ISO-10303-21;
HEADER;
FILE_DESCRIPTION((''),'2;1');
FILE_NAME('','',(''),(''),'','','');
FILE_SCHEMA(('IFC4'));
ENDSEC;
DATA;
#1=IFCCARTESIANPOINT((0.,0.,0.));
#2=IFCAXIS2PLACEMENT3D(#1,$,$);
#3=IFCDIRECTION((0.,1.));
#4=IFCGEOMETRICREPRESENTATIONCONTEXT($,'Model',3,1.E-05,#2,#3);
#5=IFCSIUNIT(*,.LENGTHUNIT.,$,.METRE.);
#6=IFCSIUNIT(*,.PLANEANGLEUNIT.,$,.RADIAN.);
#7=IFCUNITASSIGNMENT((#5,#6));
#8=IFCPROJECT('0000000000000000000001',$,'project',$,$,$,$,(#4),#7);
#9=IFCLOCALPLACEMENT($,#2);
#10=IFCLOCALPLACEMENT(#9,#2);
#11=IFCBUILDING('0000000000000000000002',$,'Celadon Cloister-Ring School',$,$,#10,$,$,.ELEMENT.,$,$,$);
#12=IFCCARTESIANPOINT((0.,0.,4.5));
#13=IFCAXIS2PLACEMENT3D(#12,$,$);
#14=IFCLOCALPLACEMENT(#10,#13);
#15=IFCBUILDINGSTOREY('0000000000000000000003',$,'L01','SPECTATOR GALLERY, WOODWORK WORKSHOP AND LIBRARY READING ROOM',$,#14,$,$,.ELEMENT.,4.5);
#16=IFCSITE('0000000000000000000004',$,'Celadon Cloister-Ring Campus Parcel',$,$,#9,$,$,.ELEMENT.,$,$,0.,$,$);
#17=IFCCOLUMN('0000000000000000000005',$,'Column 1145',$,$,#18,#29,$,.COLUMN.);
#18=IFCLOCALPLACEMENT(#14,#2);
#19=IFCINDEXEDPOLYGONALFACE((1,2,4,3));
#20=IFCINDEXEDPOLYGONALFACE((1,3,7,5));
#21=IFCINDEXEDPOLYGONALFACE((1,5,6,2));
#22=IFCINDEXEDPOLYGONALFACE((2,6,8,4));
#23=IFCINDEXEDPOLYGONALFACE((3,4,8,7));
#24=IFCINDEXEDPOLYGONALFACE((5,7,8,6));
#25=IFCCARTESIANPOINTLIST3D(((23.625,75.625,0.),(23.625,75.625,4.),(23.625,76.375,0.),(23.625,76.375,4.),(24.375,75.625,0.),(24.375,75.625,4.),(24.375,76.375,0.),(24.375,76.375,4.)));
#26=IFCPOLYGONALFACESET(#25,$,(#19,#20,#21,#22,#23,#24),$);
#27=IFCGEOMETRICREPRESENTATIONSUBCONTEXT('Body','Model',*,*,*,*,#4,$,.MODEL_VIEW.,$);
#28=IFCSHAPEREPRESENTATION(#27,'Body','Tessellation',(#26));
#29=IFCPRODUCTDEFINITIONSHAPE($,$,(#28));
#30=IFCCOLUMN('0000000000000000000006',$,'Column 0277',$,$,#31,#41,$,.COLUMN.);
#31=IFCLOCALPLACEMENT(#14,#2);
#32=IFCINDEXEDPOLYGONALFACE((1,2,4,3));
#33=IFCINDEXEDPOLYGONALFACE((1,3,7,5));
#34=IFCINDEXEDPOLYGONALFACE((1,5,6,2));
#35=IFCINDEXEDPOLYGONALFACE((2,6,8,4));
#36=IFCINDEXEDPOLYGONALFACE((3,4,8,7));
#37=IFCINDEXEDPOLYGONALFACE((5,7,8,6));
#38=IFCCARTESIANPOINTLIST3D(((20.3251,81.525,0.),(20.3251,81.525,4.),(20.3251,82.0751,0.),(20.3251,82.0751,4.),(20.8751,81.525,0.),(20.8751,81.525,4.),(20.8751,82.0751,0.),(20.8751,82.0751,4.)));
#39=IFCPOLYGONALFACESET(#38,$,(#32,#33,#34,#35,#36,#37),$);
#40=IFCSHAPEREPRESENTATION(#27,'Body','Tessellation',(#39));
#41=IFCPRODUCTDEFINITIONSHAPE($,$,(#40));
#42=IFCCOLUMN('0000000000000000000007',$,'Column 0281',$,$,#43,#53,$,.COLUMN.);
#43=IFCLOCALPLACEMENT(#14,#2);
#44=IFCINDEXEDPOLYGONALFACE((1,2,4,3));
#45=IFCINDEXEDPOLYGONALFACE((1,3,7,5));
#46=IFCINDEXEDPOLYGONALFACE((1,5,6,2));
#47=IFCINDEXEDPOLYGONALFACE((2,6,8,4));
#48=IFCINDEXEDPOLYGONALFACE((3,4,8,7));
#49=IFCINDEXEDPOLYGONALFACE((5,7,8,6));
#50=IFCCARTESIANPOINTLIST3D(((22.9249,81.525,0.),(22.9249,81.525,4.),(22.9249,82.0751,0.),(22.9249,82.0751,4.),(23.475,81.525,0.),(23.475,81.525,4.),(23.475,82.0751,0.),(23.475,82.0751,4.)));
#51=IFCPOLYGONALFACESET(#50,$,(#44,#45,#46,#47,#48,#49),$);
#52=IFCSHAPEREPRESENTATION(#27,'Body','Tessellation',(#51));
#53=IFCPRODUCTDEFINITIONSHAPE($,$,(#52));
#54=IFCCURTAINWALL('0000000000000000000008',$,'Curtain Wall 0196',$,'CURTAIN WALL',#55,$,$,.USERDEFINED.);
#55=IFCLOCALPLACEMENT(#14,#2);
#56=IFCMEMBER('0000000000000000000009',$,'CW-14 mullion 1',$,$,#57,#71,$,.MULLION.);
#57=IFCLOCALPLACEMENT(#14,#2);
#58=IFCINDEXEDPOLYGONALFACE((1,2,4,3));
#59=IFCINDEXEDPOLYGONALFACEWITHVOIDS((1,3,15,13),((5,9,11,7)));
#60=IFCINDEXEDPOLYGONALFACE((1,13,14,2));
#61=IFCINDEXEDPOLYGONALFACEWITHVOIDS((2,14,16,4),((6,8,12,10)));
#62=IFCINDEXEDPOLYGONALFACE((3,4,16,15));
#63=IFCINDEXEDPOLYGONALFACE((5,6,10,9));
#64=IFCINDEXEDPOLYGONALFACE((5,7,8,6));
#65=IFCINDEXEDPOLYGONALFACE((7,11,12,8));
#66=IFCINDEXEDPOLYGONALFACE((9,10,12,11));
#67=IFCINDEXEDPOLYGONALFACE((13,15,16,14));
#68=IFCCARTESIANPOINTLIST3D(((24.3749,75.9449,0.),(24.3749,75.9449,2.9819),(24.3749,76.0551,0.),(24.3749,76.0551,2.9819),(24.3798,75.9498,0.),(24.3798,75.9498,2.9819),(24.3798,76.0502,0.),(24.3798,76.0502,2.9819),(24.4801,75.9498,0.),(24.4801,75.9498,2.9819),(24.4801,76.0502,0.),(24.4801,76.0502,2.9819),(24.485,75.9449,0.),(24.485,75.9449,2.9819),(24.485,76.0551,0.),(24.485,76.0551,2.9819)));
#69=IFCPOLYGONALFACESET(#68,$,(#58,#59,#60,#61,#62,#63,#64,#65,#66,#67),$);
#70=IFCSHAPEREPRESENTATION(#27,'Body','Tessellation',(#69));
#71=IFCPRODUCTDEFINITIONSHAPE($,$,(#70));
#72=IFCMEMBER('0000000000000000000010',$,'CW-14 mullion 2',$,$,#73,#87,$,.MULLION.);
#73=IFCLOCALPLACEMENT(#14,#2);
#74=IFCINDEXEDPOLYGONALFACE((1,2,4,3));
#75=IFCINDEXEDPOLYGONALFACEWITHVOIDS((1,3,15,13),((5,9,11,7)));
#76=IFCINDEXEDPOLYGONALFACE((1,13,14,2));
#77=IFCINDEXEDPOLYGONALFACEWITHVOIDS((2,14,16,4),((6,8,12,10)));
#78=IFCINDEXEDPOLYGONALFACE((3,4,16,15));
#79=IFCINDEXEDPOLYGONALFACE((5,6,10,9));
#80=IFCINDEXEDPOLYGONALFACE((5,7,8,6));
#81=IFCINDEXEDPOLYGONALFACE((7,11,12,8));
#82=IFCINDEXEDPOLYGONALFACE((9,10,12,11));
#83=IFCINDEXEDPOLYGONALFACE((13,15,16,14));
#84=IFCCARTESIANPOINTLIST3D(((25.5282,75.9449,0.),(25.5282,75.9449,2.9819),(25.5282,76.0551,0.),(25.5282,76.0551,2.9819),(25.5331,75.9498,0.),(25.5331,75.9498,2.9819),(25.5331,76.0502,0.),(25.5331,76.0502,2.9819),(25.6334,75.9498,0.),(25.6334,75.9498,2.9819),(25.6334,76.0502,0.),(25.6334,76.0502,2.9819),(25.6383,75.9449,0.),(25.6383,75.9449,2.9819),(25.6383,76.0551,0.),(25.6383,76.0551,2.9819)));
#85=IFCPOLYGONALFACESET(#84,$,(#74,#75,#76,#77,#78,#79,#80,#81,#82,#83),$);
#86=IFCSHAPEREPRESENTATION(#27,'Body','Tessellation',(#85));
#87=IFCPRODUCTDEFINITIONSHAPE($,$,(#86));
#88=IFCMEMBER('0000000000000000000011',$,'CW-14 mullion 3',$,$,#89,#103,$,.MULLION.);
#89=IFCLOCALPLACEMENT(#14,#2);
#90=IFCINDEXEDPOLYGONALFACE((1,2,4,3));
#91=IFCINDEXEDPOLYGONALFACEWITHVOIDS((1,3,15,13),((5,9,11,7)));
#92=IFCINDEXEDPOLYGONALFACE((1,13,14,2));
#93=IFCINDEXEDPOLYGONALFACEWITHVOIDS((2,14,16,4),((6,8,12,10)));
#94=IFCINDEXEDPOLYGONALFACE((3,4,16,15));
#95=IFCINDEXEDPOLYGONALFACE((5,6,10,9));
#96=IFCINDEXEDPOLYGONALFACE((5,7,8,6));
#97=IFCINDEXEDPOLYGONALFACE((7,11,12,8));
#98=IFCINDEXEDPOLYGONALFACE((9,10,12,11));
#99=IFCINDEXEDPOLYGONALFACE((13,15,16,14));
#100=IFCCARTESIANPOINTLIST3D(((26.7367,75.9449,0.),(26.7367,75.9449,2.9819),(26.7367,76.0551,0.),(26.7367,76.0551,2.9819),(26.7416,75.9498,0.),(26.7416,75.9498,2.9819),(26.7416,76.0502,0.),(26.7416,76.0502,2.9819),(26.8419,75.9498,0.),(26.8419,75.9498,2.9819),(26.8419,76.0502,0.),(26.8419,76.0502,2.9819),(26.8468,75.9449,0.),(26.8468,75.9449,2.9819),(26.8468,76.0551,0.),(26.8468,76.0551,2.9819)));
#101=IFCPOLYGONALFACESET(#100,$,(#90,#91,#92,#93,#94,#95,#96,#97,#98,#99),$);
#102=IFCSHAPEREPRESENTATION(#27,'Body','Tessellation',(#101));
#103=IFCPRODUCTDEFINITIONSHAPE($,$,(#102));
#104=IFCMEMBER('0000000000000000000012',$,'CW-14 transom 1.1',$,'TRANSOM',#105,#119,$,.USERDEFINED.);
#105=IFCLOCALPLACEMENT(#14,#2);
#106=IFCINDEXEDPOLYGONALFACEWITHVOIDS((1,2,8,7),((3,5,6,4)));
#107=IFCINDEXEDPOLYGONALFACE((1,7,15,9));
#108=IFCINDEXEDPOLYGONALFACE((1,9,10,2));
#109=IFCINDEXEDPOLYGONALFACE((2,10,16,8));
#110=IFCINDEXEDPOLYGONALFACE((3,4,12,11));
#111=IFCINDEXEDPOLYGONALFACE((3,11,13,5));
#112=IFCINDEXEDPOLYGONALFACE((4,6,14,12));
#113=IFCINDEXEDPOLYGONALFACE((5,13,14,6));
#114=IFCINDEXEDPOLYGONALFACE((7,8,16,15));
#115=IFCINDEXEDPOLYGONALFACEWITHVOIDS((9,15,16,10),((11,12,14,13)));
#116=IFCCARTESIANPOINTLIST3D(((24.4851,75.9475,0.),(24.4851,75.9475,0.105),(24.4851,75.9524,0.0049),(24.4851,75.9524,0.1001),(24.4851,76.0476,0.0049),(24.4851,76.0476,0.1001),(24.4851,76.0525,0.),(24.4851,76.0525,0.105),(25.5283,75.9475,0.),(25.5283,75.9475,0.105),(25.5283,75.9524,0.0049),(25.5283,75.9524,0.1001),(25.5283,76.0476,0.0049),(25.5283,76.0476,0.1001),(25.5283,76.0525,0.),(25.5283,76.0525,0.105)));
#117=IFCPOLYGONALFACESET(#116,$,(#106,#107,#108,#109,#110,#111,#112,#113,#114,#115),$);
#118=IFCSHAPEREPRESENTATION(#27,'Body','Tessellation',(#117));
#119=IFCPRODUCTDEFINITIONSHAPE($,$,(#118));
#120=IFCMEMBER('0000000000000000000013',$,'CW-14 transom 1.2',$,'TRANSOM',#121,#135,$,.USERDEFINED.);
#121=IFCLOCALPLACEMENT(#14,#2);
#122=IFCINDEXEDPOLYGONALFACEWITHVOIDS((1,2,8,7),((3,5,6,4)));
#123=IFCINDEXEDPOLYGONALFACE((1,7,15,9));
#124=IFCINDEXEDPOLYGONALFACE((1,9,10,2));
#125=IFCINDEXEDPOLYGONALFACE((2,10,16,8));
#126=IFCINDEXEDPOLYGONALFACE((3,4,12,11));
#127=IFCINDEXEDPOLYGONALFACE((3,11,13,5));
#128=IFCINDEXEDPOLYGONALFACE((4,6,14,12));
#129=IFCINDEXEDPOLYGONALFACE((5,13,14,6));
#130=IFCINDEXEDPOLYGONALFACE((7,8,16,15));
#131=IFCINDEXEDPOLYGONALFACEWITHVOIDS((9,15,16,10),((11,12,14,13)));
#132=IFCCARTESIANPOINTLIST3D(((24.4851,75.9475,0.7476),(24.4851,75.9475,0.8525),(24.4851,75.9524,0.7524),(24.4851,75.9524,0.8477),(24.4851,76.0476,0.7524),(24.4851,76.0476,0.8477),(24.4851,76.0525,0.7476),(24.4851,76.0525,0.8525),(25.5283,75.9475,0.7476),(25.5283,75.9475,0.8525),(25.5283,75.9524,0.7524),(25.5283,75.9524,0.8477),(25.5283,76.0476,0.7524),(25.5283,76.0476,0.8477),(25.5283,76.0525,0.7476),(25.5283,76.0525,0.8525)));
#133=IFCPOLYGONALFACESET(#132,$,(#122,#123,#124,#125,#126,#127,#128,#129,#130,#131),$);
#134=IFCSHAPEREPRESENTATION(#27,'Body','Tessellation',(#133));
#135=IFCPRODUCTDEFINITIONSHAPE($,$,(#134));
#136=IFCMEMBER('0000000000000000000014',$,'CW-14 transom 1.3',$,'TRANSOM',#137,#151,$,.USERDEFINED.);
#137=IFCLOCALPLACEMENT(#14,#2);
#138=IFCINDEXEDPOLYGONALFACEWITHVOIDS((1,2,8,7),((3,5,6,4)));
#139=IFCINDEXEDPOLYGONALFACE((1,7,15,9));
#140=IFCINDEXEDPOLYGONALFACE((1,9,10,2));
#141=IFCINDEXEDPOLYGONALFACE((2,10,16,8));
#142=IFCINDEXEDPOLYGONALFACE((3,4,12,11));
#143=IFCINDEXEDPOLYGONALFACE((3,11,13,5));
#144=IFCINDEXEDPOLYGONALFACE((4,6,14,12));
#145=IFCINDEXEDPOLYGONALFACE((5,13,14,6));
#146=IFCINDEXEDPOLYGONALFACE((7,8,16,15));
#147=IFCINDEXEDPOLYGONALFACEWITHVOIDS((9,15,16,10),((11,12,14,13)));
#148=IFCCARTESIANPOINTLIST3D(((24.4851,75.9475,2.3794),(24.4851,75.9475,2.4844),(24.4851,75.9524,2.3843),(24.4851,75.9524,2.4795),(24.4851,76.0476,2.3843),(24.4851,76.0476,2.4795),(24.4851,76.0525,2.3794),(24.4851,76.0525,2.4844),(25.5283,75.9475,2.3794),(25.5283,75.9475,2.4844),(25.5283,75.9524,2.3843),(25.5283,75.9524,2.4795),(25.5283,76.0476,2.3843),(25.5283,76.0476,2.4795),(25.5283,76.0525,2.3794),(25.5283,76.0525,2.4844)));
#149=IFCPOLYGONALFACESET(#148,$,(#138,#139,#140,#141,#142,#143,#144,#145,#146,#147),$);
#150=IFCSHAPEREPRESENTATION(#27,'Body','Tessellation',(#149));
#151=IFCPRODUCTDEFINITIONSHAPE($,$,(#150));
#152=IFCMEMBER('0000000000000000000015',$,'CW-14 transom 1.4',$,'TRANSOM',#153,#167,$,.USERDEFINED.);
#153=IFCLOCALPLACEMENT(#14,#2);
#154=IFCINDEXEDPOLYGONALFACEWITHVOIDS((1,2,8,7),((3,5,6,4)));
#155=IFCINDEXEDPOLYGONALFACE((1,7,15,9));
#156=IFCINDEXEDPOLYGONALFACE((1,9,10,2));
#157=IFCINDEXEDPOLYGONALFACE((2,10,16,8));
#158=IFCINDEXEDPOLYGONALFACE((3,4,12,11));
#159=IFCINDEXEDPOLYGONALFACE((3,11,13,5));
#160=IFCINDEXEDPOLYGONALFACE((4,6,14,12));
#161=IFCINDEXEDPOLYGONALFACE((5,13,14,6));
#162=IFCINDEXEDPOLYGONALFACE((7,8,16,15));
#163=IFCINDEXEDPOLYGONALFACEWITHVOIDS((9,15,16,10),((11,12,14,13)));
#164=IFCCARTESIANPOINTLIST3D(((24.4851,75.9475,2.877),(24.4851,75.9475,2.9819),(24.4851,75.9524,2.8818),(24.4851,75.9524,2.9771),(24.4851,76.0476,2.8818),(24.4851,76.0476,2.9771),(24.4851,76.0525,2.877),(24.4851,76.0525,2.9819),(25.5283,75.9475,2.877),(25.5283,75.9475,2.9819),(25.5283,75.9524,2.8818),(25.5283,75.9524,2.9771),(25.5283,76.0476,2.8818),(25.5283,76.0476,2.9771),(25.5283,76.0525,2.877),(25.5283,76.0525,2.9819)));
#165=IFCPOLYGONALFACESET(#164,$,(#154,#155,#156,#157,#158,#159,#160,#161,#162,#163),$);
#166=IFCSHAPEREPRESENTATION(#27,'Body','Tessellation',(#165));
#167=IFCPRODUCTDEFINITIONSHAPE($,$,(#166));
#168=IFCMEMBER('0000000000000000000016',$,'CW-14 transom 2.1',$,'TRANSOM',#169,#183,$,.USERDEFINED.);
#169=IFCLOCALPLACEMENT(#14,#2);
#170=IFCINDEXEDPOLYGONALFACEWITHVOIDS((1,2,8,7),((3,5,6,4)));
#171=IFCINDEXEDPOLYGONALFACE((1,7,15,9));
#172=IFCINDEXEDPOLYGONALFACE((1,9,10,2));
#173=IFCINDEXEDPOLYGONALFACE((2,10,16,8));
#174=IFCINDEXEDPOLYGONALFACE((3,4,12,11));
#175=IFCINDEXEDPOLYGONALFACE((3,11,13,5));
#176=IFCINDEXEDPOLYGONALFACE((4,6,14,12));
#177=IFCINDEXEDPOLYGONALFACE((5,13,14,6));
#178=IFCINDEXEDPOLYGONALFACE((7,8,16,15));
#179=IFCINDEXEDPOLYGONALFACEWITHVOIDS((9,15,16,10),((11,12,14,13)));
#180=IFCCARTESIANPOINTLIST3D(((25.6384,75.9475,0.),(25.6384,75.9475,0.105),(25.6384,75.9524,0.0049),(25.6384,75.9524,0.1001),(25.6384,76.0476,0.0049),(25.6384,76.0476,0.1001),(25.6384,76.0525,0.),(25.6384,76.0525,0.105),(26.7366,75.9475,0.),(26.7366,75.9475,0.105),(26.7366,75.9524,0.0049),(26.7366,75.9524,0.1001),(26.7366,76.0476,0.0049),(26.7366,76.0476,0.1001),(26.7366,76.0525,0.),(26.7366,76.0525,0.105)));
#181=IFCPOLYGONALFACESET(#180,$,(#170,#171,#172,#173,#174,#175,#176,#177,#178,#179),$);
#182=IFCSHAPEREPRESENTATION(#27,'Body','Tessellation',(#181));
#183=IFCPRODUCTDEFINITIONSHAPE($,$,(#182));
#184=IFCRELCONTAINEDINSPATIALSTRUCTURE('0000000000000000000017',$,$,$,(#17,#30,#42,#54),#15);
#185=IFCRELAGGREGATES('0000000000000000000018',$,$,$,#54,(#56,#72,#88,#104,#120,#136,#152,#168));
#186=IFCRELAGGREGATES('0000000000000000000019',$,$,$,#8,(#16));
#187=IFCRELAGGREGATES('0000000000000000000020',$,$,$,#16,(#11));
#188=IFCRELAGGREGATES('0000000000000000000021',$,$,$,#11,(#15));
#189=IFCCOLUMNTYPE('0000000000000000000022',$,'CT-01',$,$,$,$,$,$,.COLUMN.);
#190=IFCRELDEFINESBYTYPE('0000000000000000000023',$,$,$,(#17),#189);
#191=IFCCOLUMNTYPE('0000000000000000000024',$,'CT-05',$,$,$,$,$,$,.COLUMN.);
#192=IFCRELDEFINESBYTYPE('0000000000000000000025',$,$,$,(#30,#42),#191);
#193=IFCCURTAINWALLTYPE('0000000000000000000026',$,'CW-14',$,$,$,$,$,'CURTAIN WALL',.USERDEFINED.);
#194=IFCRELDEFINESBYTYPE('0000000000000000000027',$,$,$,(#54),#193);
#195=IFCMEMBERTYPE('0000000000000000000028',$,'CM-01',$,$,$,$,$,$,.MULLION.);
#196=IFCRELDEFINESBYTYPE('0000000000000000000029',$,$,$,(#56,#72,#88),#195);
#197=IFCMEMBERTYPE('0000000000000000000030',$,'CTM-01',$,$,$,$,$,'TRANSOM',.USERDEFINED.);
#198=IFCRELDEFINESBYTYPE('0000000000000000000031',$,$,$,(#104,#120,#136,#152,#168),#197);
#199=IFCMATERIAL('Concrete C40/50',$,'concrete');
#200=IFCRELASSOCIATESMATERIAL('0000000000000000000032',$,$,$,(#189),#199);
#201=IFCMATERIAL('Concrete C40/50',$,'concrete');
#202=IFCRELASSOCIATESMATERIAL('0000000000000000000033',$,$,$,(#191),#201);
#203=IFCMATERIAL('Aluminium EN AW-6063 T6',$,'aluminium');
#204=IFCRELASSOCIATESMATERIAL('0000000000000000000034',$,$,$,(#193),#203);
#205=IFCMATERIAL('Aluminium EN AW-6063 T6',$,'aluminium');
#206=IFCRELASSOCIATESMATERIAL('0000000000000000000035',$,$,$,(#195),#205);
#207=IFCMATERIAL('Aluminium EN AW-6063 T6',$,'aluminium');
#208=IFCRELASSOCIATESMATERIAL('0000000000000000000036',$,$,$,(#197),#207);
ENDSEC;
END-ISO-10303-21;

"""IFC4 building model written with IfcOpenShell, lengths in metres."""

from ifc_helpers import new_model, si_unit, direction, frame, origin, origin_2d, place, context, subcontext, project, spatial, rectangle, hollow_rectangle, extrude, material, material_profile, profile_set, type_object, element, aggregate, save


model = new_model("IFC4")

# Units and contexts
model_context = context("Model", 3, precision=1e-05, world=origin(), true_north=direction((0.0, 1.0)))
body_context = subcontext(model_context, "Body", "Model", "MODEL_VIEW")
ifc_project = project(units=[si_unit("LENGTHUNIT", "METRE"), si_unit("PLANEANGLEUNIT", "RADIAN")], contexts=[model_context])

# Site, building, storey
site_placement = place(None, origin())
site = spatial("IfcSite", under=ifc_project, at=site_placement, Name="Celadon Cloister-Ring Campus Parcel", CompositionType="ELEMENT", RefElevation=0.0)
building_placement = place(site_placement, origin())
building = spatial("IfcBuilding", under=site, at=building_placement, Name="Celadon Cloister-Ring School", CompositionType="ELEMENT")
storey_placement = place(building_placement, frame((0.0, 0.0, 4.5)))
storey = spatial("IfcBuildingStorey", under=building, at=storey_placement, Name="L01", Description="SPECTATOR GALLERY, WOODWORK WORKSHOP AND LIBRARY READING ROOM", CompositionType="ELEMENT", Elevation=4.5)

# Columns
ifc_material_1 = material(Name="Concrete C40/50", Category="concrete")
ifc_material_profile_1 = material_profile(ifc_material_1, rectangle(XDim=0.75, YDim=0.75, at=origin_2d()), Name="RC750X750")
ifc_profile_set_1 = profile_set([ifc_material_profile_1], Name="Concrete C40/50")
column_type_1 = type_object("IfcColumnType", Name="CT-01", PredefinedType="COLUMN", material=ifc_profile_set_1)
column_placement = place(storey_placement, frame((24.0, 76.0, 0.0), z_axis=(0.0, 0.0, 1.0), x_axis=(1.0, 0.0, 0.0)))
element("IfcColumn", 1, at=column_placement, inside=storey, type_object=column_type_1, Name="Column 1145", PredefinedType="COLUMN", context=body_context, shape_type="SweptSolid", body=[
    extrude(rectangle(XDim=0.75, YDim=0.75, at=origin_2d()), origin(), (0.0, 0.0, 1.0), 4.0),
])
ifc_material_2 = material(Name="Concrete C40/50", Category="concrete")
ifc_material_profile_2 = material_profile(ifc_material_2, rectangle(XDim=0.55, YDim=0.55, at=origin_2d()), Name="RC550X550")
ifc_profile_set_2 = profile_set([ifc_material_profile_2], Name="Concrete C40/50")
column_type_2 = type_object("IfcColumnType", Name="CT-05", PredefinedType="COLUMN", material=ifc_profile_set_2)
for number, where, z_axis, x_axis, name in (
    (2, (20.6001, 81.8, 0.0), (0.0, 0.0, 1.0), (1.0, 0.0, 0.0), "Column 0277"),
    (3, (23.2, 81.8, 0.0), (0.0, 0.0, 1.0), (1.0, 0.0, 0.0), "Column 0281"),
):
    element("IfcColumn", number, at=place(storey_placement, frame(where, z_axis=z_axis, x_axis=x_axis)), inside=storey, type_object=column_type_2, Name=name, PredefinedType="COLUMN", context=body_context, shape_type="SweptSolid", body=[
        extrude(rectangle(XDim=0.55, YDim=0.55, at=origin_2d()), origin(), (0.0, 0.0, 1.0), 4.0),
    ])

# Curtain wall, members
ifc_material_3 = material(Name="Aluminium EN AW-6063 T6", Category="aluminium")
curtain_wall_type = type_object("IfcCurtainWallType", Name="CW-14", ElementType="CURTAIN WALL", PredefinedType="USERDEFINED", material=ifc_material_3)
curtain_wall_placement = place(storey_placement, origin())
curtain_wall = element("IfcCurtainWall", 4, at=curtain_wall_placement, inside=storey, type_object=curtain_wall_type, Name="Curtain Wall 0196", ObjectType="CURTAIN WALL", PredefinedType="USERDEFINED")
ifc_material_4 = material(Name="Aluminium EN AW-6063 T6", Category="aluminium")
ifc_material_profile_3 = material_profile(ifc_material_4, hollow_rectangle(XDim=0.1101, YDim=0.1101, WallThickness=0.0049, at=origin_2d()), Name="RHS110X110X5")
ifc_profile_set_3 = profile_set([ifc_material_profile_3], Name="Aluminium EN AW-6063 T6")
member_type_1 = type_object("IfcMemberType", Name="CM-01", PredefinedType="MULLION", material=ifc_profile_set_3)
member_1_placement = place(storey_placement, frame((24.4299, 76.0, 0.0), z_axis=(0.0, 0.0, 1.0), x_axis=(0.0, 1.0, 0.0)))
member_1 = element("IfcMember", 5, at=member_1_placement, type_object=member_type_1, Name="CW-14 mullion 1", PredefinedType="MULLION", context=body_context, shape_type="SweptSolid", body=[
    extrude(hollow_rectangle(XDim=0.1101, YDim=0.1101, WallThickness=0.0049, at=origin_2d()), origin(), (0.0, 0.0, 1.0), 2.9819),
])
member_2_placement = place(storey_placement, frame((25.5833, 76.0, 0.0), z_axis=(0.0, 0.0, 1.0), x_axis=(0.0, 1.0, 0.0)))
member_2 = element("IfcMember", 6, at=member_2_placement, type_object=member_type_1, Name="CW-14 mullion 2", PredefinedType="MULLION", context=body_context, shape_type="SweptSolid", body=[
    extrude(hollow_rectangle(XDim=0.1101, YDim=0.1101, WallThickness=0.0049, at=origin_2d()), origin(), (0.0, 0.0, 1.0), 2.9819),
])
member_3_placement = place(storey_placement, frame((26.7917, 76.0, 0.0), z_axis=(0.0, 0.0, 1.0), x_axis=(0.0, 1.0, 0.0)))
member_3 = element("IfcMember", 7, at=member_3_placement, type_object=member_type_1, Name="CW-14 mullion 3", PredefinedType="MULLION", context=body_context, shape_type="SweptSolid", body=[
    extrude(hollow_rectangle(XDim=0.1101, YDim=0.1101, WallThickness=0.0049, at=origin_2d()), origin(), (0.0, 0.0, 1.0), 2.9819),
])
ifc_material_5 = material(Name="Aluminium EN AW-6063 T6", Category="aluminium")
ifc_material_profile_4 = material_profile(ifc_material_5, hollow_rectangle(XDim=0.105, YDim=0.105, WallThickness=0.0049, at=origin_2d()), Name="RHS105X105X5")
ifc_profile_set_4 = profile_set([ifc_material_profile_4], Name="Aluminium EN AW-6063 T6")
member_type_2 = type_object("IfcMemberType", Name="CTM-01", ElementType="TRANSOM", PredefinedType="USERDEFINED", material=ifc_profile_set_4)
member_4_placement = place(storey_placement, frame((24.4851, 76.0, 0.0525), z_axis=(1.0, 0.0, 0.0), x_axis=(0.0, 1.0, 0.0)))
member_4 = element("IfcMember", 8, at=member_4_placement, type_object=member_type_2, Name="CW-14 transom 1.1", ObjectType="TRANSOM", PredefinedType="USERDEFINED", context=body_context, shape_type="SweptSolid", body=[
    extrude(hollow_rectangle(XDim=0.105, YDim=0.105, WallThickness=0.0049, at=origin_2d()), origin(), (0.0, 0.0, 1.0), 1.0432),
])
member_5_placement = place(storey_placement, frame((24.4851, 76.0, 0.8), z_axis=(1.0, 0.0, 0.0), x_axis=(0.0, 1.0, 0.0)))
member_5 = element("IfcMember", 9, at=member_5_placement, type_object=member_type_2, Name="CW-14 transom 1.2", ObjectType="TRANSOM", PredefinedType="USERDEFINED", context=body_context, shape_type="SweptSolid", body=[
    extrude(hollow_rectangle(XDim=0.105, YDim=0.105, WallThickness=0.0049, at=origin_2d()), origin(), (0.0, 0.0, 1.0), 1.0432),
])
member_6_placement = place(storey_placement, frame((24.4851, 76.0, 2.4319), z_axis=(1.0, 0.0, 0.0), x_axis=(0.0, 1.0, 0.0)))
member_6 = element("IfcMember", 10, at=member_6_placement, type_object=member_type_2, Name="CW-14 transom 1.3", ObjectType="TRANSOM", PredefinedType="USERDEFINED", context=body_context, shape_type="SweptSolid", body=[
    extrude(hollow_rectangle(XDim=0.105, YDim=0.105, WallThickness=0.0049, at=origin_2d()), origin(), (0.0, 0.0, 1.0), 1.0432),
])
member_7_placement = place(storey_placement, frame((24.4851, 76.0, 2.9294), z_axis=(1.0, 0.0, 0.0), x_axis=(0.0, 1.0, 0.0)))
member_7 = element("IfcMember", 11, at=member_7_placement, type_object=member_type_2, Name="CW-14 transom 1.4", ObjectType="TRANSOM", PredefinedType="USERDEFINED", context=body_context, shape_type="SweptSolid", body=[
    extrude(hollow_rectangle(XDim=0.105, YDim=0.105, WallThickness=0.0049, at=origin_2d()), origin(), (0.0, 0.0, 1.0), 1.0432),
])
member_8_placement = place(storey_placement, frame((25.6384, 76.0, 0.0525), z_axis=(1.0, 0.0, 0.0), x_axis=(0.0, 1.0, 0.0)))
member_8 = element("IfcMember", 12, at=member_8_placement, type_object=member_type_2, Name="CW-14 transom 2.1", ObjectType="TRANSOM", PredefinedType="USERDEFINED", context=body_context, shape_type="SweptSolid", body=[
    extrude(hollow_rectangle(XDim=0.105, YDim=0.105, WallThickness=0.0049, at=origin_2d()), origin(), (0.0, 0.0, 1.0), 1.0981),
])

aggregate(curtain_wall, [member_1, member_2, member_3, member_4, member_5, member_6, member_7, member_8])

save(model, "model.ifc")
